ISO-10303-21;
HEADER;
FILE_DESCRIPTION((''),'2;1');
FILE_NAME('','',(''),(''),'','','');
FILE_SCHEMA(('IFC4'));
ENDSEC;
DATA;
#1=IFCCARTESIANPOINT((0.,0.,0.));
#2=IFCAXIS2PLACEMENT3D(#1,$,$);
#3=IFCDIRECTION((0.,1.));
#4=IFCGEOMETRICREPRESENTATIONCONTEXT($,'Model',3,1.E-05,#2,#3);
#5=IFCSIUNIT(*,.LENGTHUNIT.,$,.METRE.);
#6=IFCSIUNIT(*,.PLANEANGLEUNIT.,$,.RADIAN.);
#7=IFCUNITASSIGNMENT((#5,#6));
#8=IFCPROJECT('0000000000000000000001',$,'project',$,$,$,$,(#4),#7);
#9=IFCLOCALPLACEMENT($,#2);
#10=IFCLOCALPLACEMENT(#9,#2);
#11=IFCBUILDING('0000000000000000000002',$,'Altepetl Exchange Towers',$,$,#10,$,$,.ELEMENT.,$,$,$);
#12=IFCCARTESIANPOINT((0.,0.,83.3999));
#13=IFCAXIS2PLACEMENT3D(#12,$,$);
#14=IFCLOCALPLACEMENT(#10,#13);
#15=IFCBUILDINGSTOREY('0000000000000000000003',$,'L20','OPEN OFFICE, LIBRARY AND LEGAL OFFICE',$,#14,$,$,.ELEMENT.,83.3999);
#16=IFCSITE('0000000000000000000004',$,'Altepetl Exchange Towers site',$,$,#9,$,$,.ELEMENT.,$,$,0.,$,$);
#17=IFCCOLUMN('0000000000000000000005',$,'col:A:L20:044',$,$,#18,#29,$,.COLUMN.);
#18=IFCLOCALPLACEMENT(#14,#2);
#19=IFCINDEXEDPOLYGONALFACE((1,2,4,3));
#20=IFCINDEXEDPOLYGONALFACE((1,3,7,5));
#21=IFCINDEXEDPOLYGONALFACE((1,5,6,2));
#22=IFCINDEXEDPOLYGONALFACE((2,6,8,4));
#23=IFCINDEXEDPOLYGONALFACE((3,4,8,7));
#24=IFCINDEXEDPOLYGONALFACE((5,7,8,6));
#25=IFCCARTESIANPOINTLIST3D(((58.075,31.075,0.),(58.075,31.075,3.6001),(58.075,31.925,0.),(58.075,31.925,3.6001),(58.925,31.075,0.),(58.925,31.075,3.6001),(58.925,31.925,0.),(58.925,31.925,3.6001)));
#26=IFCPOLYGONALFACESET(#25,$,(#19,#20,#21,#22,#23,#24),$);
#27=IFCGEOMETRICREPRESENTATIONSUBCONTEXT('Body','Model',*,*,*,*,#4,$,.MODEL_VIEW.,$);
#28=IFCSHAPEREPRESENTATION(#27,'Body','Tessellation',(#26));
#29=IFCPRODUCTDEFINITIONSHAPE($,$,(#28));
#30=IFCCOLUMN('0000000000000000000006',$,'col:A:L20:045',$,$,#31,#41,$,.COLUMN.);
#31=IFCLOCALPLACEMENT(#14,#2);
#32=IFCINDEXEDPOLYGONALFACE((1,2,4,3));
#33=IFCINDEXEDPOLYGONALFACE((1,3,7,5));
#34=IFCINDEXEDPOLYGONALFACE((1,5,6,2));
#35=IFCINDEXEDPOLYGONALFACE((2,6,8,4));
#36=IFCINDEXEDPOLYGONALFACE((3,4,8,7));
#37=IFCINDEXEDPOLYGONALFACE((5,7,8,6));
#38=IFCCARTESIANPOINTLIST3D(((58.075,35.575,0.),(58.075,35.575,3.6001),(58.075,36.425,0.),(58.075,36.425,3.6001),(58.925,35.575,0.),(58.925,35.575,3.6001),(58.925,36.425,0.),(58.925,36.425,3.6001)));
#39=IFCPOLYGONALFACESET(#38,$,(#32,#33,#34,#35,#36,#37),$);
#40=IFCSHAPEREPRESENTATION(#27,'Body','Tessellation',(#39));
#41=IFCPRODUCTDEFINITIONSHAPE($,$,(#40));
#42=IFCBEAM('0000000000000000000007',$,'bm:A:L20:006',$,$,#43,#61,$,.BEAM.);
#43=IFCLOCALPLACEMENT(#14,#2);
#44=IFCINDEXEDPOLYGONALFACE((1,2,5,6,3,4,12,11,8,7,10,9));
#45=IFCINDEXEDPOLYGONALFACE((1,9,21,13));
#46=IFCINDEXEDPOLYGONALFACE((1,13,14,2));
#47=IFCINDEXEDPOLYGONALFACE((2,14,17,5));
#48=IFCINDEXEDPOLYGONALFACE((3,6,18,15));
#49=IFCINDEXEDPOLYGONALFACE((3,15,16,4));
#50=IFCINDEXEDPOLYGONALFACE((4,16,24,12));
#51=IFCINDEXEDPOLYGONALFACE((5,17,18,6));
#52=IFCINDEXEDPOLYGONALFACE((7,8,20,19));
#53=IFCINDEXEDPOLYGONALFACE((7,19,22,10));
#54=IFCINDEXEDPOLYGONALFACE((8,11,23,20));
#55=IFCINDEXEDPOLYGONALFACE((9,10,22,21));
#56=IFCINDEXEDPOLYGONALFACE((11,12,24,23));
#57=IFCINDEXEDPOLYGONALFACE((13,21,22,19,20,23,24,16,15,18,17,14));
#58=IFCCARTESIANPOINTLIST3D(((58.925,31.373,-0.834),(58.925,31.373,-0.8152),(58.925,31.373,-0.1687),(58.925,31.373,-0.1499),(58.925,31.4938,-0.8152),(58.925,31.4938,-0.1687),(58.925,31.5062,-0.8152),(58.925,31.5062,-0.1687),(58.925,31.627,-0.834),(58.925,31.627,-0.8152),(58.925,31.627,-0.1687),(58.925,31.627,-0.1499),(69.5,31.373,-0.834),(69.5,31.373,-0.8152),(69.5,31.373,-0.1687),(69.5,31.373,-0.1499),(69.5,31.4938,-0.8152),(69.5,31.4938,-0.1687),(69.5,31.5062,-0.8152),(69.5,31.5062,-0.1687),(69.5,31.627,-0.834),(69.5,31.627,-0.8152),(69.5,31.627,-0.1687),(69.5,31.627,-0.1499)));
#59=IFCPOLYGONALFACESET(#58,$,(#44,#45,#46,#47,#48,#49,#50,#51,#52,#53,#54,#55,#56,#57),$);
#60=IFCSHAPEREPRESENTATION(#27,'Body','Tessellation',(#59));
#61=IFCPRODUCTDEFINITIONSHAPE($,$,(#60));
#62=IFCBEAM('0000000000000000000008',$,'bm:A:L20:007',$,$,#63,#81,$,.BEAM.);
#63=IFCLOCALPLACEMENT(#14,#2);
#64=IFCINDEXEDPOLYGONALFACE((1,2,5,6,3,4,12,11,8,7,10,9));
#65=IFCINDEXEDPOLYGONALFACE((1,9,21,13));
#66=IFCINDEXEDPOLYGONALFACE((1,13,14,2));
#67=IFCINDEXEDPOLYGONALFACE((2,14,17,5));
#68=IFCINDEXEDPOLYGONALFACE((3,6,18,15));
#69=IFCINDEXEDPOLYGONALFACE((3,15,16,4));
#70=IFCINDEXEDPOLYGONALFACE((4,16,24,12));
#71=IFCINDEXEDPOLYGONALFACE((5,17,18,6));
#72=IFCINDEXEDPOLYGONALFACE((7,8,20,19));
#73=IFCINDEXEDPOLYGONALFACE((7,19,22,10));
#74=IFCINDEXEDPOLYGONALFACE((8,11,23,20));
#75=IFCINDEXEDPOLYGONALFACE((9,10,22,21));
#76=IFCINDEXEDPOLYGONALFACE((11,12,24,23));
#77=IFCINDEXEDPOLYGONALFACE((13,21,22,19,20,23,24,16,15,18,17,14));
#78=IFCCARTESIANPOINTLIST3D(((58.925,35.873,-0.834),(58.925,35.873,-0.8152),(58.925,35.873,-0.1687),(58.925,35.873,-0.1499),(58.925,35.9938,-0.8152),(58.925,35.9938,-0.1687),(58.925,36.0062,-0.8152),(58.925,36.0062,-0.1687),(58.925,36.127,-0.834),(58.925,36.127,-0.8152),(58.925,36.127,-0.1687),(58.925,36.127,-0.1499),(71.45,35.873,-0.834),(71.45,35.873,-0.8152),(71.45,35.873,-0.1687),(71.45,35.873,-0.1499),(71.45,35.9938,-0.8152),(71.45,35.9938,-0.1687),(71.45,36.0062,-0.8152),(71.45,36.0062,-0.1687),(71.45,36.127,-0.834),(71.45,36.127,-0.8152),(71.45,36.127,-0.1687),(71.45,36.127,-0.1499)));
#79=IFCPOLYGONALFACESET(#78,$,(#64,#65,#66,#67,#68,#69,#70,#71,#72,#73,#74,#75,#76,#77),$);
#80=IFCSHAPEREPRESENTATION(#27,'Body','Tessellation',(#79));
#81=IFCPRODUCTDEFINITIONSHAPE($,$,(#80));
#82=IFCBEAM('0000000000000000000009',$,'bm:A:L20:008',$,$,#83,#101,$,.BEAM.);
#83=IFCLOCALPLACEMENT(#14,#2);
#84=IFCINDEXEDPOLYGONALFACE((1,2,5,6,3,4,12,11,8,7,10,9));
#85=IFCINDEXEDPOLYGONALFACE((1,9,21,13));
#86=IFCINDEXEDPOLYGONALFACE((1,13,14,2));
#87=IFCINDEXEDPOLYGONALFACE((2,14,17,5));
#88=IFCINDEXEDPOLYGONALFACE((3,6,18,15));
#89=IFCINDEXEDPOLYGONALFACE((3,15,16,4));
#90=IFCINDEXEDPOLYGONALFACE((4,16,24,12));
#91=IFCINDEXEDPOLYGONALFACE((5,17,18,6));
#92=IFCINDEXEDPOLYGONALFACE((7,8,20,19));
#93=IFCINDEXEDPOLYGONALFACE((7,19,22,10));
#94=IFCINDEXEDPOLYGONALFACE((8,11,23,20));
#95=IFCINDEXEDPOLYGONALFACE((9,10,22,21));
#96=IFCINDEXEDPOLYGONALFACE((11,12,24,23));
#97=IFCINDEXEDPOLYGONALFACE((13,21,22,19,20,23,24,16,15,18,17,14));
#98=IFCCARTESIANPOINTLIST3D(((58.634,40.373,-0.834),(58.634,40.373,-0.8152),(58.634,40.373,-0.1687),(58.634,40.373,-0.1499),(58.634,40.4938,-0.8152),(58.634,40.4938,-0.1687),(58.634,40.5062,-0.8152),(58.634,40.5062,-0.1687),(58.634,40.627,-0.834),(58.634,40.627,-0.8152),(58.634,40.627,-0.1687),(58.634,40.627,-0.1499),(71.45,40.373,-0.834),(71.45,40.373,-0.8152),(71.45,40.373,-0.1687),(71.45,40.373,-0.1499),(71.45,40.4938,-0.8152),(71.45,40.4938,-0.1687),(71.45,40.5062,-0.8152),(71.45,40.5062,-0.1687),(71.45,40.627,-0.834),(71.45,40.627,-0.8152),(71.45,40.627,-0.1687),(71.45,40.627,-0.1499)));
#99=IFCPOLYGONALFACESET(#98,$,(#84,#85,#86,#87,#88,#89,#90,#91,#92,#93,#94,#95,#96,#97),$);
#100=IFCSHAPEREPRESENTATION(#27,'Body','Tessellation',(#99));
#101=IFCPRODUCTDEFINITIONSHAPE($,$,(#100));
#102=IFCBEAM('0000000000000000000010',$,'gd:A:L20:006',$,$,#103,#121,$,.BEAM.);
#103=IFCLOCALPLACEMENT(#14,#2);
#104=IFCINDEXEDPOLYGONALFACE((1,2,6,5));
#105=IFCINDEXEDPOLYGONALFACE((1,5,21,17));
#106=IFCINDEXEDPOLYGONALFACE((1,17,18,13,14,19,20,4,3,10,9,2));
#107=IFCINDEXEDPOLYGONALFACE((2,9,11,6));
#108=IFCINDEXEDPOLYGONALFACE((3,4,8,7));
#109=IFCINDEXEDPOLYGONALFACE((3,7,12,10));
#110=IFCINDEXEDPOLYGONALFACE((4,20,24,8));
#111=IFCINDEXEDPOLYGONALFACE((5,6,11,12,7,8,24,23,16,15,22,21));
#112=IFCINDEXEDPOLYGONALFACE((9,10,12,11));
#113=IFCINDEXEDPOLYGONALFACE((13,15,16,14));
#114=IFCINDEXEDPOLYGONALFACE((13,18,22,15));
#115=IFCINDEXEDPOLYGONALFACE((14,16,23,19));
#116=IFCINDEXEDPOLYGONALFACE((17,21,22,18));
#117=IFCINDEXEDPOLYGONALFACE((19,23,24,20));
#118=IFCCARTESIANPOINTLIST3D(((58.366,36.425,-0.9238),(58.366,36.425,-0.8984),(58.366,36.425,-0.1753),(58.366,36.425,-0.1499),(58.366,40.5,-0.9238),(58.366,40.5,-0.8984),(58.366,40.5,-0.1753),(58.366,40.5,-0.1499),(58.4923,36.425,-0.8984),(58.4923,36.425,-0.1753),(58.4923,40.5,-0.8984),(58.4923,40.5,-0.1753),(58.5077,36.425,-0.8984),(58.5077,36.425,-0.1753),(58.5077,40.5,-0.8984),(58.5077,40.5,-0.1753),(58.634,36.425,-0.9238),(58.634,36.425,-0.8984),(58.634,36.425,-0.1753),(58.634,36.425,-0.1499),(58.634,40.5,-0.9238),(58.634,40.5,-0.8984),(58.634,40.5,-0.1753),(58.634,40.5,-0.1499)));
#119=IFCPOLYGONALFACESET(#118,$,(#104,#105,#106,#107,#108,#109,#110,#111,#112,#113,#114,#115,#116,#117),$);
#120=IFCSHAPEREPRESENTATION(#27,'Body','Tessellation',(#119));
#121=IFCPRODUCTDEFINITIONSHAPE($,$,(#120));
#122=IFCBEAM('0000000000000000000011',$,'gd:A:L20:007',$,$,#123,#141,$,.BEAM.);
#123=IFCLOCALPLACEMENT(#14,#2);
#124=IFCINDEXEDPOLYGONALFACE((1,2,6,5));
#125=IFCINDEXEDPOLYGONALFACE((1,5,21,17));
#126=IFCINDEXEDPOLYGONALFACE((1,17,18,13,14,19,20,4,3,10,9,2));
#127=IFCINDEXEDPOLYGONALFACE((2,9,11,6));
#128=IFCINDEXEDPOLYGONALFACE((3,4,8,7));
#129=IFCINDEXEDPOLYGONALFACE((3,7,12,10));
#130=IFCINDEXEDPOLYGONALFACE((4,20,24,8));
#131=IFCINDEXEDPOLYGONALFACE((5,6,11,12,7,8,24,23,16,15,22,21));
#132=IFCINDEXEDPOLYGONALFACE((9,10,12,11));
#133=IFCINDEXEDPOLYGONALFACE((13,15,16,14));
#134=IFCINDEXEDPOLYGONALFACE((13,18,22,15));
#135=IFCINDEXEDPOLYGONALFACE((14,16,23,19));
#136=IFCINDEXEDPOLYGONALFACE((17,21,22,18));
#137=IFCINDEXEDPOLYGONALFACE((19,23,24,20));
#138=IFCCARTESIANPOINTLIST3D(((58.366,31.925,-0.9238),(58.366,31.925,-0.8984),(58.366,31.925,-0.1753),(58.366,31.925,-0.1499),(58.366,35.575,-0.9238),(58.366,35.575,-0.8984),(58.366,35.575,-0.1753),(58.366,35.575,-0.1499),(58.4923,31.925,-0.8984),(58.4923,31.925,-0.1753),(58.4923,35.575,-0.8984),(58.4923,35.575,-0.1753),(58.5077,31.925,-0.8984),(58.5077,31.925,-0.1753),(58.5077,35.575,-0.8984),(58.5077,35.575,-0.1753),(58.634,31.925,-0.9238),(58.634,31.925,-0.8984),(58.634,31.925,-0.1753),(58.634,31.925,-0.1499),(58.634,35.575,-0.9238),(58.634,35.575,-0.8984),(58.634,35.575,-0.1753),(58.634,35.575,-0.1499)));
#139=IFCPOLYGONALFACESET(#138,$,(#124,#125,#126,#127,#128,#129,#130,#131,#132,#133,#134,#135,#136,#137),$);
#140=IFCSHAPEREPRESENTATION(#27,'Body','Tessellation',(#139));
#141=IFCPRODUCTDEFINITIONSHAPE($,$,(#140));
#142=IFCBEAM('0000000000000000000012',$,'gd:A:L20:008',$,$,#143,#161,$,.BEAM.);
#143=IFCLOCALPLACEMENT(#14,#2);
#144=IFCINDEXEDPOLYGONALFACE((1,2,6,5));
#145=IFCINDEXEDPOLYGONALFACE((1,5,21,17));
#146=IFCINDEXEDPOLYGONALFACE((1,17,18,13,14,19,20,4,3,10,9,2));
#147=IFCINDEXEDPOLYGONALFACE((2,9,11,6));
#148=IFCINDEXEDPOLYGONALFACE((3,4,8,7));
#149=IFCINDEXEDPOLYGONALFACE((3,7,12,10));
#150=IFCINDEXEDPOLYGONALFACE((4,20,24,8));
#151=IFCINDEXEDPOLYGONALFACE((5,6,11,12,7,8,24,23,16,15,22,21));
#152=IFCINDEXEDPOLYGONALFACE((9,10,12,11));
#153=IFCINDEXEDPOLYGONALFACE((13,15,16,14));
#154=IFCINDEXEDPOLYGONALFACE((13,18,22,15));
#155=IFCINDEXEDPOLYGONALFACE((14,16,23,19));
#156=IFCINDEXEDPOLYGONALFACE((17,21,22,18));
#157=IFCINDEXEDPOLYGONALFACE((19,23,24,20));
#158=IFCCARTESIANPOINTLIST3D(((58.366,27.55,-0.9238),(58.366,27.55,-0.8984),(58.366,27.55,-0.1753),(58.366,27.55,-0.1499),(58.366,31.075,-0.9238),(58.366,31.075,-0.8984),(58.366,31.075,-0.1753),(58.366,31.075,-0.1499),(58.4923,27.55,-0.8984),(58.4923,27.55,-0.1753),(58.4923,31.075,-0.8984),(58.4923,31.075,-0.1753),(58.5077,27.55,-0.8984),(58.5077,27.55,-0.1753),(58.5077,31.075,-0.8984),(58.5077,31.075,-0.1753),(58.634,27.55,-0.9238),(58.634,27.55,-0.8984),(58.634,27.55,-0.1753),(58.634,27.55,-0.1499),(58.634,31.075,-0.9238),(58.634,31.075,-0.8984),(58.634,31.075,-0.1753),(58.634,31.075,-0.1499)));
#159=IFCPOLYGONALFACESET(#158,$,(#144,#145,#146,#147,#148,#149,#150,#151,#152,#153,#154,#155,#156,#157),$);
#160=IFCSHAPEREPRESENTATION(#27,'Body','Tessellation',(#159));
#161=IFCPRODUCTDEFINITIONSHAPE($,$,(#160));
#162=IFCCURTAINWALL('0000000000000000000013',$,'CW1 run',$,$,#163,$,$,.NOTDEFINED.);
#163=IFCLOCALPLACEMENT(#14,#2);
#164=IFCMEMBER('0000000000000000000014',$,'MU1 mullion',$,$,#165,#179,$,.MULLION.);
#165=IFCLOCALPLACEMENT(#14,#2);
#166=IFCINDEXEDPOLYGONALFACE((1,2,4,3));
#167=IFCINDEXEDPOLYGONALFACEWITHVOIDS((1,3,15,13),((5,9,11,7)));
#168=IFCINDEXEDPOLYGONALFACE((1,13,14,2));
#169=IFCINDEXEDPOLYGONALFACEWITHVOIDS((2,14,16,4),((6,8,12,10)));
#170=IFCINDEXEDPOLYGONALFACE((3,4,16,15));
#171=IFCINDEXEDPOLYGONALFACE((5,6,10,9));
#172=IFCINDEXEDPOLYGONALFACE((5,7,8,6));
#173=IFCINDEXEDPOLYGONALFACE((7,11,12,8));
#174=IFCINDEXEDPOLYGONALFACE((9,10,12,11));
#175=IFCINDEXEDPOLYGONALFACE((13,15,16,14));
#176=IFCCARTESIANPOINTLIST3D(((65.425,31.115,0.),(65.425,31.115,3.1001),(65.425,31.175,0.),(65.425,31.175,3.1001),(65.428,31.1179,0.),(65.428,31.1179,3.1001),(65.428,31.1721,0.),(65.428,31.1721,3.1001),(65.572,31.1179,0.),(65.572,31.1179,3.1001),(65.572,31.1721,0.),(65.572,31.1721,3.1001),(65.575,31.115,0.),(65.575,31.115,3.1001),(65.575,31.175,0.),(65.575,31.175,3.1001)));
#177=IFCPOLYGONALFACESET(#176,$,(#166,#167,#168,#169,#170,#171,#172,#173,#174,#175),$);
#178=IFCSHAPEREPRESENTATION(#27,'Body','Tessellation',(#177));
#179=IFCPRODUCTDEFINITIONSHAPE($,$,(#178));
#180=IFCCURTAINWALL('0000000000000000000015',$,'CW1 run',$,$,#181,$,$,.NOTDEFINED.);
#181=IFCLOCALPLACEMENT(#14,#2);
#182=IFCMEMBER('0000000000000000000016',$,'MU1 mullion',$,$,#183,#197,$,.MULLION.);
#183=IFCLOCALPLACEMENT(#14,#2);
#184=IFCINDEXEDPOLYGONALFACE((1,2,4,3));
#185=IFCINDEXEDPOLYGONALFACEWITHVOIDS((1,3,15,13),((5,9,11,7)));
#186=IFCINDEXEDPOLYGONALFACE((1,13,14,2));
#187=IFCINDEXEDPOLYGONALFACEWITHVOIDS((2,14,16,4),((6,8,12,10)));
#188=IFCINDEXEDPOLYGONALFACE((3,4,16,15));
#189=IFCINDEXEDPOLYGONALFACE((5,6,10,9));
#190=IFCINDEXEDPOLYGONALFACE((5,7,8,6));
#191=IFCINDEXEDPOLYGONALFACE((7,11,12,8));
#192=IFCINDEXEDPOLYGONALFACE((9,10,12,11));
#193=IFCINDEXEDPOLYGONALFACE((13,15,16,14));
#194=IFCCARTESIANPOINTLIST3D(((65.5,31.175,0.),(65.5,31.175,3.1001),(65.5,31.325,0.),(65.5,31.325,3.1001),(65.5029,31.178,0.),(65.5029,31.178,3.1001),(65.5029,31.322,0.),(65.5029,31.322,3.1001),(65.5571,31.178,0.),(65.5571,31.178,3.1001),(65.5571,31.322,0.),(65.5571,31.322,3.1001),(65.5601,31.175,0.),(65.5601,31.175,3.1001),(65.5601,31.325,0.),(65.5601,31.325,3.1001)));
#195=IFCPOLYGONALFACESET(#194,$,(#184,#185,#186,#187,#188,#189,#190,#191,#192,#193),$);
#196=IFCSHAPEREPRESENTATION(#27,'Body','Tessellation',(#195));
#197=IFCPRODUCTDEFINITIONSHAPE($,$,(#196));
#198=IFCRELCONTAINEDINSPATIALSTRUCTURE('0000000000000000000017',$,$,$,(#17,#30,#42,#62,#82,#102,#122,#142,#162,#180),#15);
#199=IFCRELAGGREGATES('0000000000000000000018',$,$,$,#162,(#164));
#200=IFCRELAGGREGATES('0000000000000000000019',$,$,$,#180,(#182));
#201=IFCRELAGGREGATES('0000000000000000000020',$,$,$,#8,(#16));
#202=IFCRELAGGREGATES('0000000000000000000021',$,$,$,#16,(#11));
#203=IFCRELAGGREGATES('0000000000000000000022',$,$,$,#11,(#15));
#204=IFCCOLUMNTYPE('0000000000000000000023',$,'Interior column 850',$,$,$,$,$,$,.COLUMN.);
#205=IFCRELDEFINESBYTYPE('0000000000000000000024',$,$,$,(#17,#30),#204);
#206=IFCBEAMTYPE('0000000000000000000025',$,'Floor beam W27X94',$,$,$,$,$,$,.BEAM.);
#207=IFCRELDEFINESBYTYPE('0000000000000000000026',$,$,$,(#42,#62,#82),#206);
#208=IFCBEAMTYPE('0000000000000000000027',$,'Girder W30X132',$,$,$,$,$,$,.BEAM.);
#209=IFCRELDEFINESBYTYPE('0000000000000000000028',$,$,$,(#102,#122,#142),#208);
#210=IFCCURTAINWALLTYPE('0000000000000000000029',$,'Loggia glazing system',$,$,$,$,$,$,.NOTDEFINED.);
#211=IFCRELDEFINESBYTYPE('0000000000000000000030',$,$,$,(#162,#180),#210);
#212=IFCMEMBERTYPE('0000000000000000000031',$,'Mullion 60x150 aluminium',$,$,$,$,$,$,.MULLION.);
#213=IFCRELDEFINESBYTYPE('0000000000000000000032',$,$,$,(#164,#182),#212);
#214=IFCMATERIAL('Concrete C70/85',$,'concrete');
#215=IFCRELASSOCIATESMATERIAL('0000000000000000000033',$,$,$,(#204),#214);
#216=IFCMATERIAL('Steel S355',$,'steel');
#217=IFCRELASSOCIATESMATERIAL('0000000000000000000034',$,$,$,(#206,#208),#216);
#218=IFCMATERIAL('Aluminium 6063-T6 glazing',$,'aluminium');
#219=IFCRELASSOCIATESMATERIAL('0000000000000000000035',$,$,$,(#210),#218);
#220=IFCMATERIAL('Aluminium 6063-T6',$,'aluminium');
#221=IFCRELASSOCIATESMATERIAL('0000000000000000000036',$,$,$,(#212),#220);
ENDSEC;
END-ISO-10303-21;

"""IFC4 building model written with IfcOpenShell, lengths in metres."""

from ifc_helpers import new_model, si_unit, direction, frame, origin, origin_2d, place, context, subcontext, project, spatial, rectangle, hollow_rectangle, i_section, extrude, material, material_profile, profile_set, type_object, element, aggregate, save


model = new_model("IFC4")

# Units and contexts
model_context = context("Model", 3, precision=1e-05, world=origin(), true_north=direction((0.0, 1.0)))
body_context = subcontext(model_context, "Body", "Model", "MODEL_VIEW")
ifc_project = project(units=[si_unit("LENGTHUNIT", "METRE"), si_unit("PLANEANGLEUNIT", "RADIAN")], contexts=[model_context])

# Site, building, storey
site_placement = place(None, origin())
site = spatial("IfcSite", under=ifc_project, at=site_placement, Name="Altepetl Exchange Towers site", CompositionType="ELEMENT", RefElevation=0.0)
building_placement = place(site_placement, origin())
building = spatial("IfcBuilding", under=site, at=building_placement, Name="Altepetl Exchange Towers", CompositionType="ELEMENT")
storey_placement = place(building_placement, frame((0.0, 0.0, 83.3999)))
storey = spatial("IfcBuildingStorey", under=building, at=storey_placement, Name="L20", Description="OPEN OFFICE, LIBRARY AND LEGAL OFFICE", CompositionType="ELEMENT", Elevation=83.3999)

# Columns
ifc_material_1 = material(Name="Concrete C70/85", Category="concrete")
ifc_material_profile_1 = material_profile(ifc_material_1, rectangle(XDim=0.8501, YDim=0.8501, at=origin_2d()), Name="850 x 850")
ifc_profile_set_1 = profile_set([ifc_material_profile_1], Name="Concrete C70/85")
column_type = type_object("IfcColumnType", Name="Interior column 850", PredefinedType="COLUMN", material=ifc_profile_set_1)
for number, where, name in (
    (1, (58.5, 31.5, 0.0), "col:A:L20:044"),
    (2, (58.5, 36.0, 0.0), "col:A:L20:045"),
):
    element("IfcColumn", number, at=place(storey_placement, frame(where)), inside=storey, type_object=column_type, Name=name, PredefinedType="COLUMN", context=body_context, shape_type="SweptSolid", body=[
        extrude(rectangle(XDim=0.8501, YDim=0.8501, at=origin_2d()), origin(), (0.0, 0.0, 1.0), 3.6001),
    ])

# Beams
ifc_material_2 = material(Name="Steel S355", Category="steel")
ifc_material_profile_2 = material_profile(ifc_material_2, i_section(OverallWidth=0.2539, OverallDepth=0.6841, WebThickness=0.0125, FlangeThickness=0.0188, at=origin_2d()), Name="W27X94")
ifc_profile_set_2 = profile_set([ifc_material_profile_2], Name="Steel S355")
beam_type_1 = type_object("IfcBeamType", Name="Floor beam W27X94", PredefinedType="BEAM", material=ifc_profile_set_2)
beam_1_placement = place(storey_placement, frame((58.925, 31.5, -0.4919), z_axis=(1.0, 0.0, 0.0), x_axis=(0.0, 1.0, 0.0)))
element("IfcBeam", 3, at=beam_1_placement, inside=storey, type_object=beam_type_1, Name="bm:A:L20:006", PredefinedType="BEAM", context=body_context, shape_type="SweptSolid", body=[
    extrude(i_section(OverallWidth=0.2539, OverallDepth=0.6841, WebThickness=0.0125, FlangeThickness=0.0188, at=origin_2d()), origin(), (0.0, 0.0, 1.0), 10.575),
])
beam_2_placement = place(storey_placement, frame((58.925, 36.0, -0.4919), z_axis=(1.0, 0.0, 0.0), x_axis=(0.0, 1.0, 0.0)))
element("IfcBeam", 4, at=beam_2_placement, inside=storey, type_object=beam_type_1, Name="bm:A:L20:007", PredefinedType="BEAM", context=body_context, shape_type="SweptSolid", body=[
    extrude(i_section(OverallWidth=0.2539, OverallDepth=0.6841, WebThickness=0.0125, FlangeThickness=0.0188, at=origin_2d()), origin(), (0.0, 0.0, 1.0), 12.5249),
])
beam_3_placement = place(storey_placement, frame((58.634, 40.5, -0.4919), z_axis=(1.0, 0.0, 0.0), x_axis=(0.0, 1.0, 0.0)))
element("IfcBeam", 5, at=beam_3_placement, inside=storey, type_object=beam_type_1, Name="bm:A:L20:008", PredefinedType="BEAM", context=body_context, shape_type="SweptSolid", body=[
    extrude(i_section(OverallWidth=0.2539, OverallDepth=0.6841, WebThickness=0.0125, FlangeThickness=0.0188, at=origin_2d()), origin(), (0.0, 0.0, 1.0), 12.8159),
])
ifc_material_profile_3 = material_profile(ifc_material_2, i_section(OverallWidth=0.2681, OverallDepth=0.7739, WebThickness=0.0154, FlangeThickness=0.0254, at=origin_2d()), Name="W30X132")
ifc_profile_set_3 = profile_set([ifc_material_profile_3], Name="Steel S355")
beam_type_2 = type_object("IfcBeamType", Name="Girder W30X132", PredefinedType="BEAM", material=ifc_profile_set_3)
beam_4_placement = place(storey_placement, frame((58.5, 40.5, -0.5369), z_axis=(0.0, -1.0, 0.0), x_axis=(1.0, 0.0, 0.0)))
element("IfcBeam", 6, at=beam_4_placement, inside=storey, type_object=beam_type_2, Name="gd:A:L20:006", PredefinedType="BEAM", context=body_context, shape_type="SweptSolid", body=[
    extrude(i_section(OverallWidth=0.2681, OverallDepth=0.7739, WebThickness=0.0154, FlangeThickness=0.0254, at=origin_2d()), origin(), (0.0, 0.0, 1.0), 4.075),
])
beam_5_placement = place(storey_placement, frame((58.5, 35.575, -0.5369), z_axis=(0.0, -1.0, 0.0), x_axis=(1.0, 0.0, 0.0)))
element("IfcBeam", 7, at=beam_5_placement, inside=storey, type_object=beam_type_2, Name="gd:A:L20:007", PredefinedType="BEAM", context=body_context, shape_type="SweptSolid", body=[
    extrude(i_section(OverallWidth=0.2681, OverallDepth=0.7739, WebThickness=0.0154, FlangeThickness=0.0254, at=origin_2d()), origin(), (0.0, 0.0, 1.0), 3.6499),
])
beam_6_placement = place(storey_placement, frame((58.5, 31.075, -0.5369), z_axis=(0.0, -1.0, 0.0), x_axis=(1.0, 0.0, 0.0)))
element("IfcBeam", 8, at=beam_6_placement, inside=storey, type_object=beam_type_2, Name="gd:A:L20:008", PredefinedType="BEAM", context=body_context, shape_type="SweptSolid", body=[
    extrude(i_section(OverallWidth=0.2681, OverallDepth=0.7739, WebThickness=0.0154, FlangeThickness=0.0254, at=origin_2d()), origin(), (0.0, 0.0, 1.0), 3.5249),
])

# Curtain wall, member
ifc_material_3 = material(Name="Aluminium 6063-T6 glazing", Category="aluminium")
curtain_wall_type = type_object("IfcCurtainWallType", Name="Loggia glazing system", PredefinedType="NOTDEFINED", material=ifc_material_3)
curtain_wall_1_placement = place(storey_placement, origin())
curtain_wall_1 = element("IfcCurtainWall", 9, at=curtain_wall_1_placement, inside=storey, type_object=curtain_wall_type, Name="CW1 run", PredefinedType="NOTDEFINED")
ifc_material_4 = material(Name="Aluminium 6063-T6", Category="aluminium")
ifc_material_profile_4 = material_profile(ifc_material_4, hollow_rectangle(XDim=0.0601, YDim=0.1499, WallThickness=0.0029, at=origin_2d()), Name="Mullion 60x150 aluminium")
ifc_profile_set_4 = profile_set([ifc_material_profile_4], Name="Aluminium 6063-T6")
member_type = type_object("IfcMemberType", Name="Mullion 60x150 aluminium", PredefinedType="MULLION", material=ifc_profile_set_4)
member_1_placement = place(storey_placement, frame((65.5, 31.145, 0.0), z_axis=(0.0, 0.0, 1.0), x_axis=(0.0, 1.0, 0.0)))
member_1 = element("IfcMember", 10, at=member_1_placement, type_object=member_type, Name="MU1 mullion", PredefinedType="MULLION", context=body_context, shape_type="SweptSolid", body=[
    extrude(hollow_rectangle(XDim=0.0601, YDim=0.1499, WallThickness=0.0029, at=origin_2d()), origin(), (0.0, 0.0, 1.0), 3.1001),
])
aggregate(curtain_wall_1, [member_1])

# Curtain wall, member
curtain_wall_2_placement = place(storey_placement, origin())
curtain_wall_2 = element("IfcCurtainWall", 11, at=curtain_wall_2_placement, inside=storey, type_object=curtain_wall_type, Name="CW1 run", PredefinedType="NOTDEFINED")
member_2_placement = place(storey_placement, frame((65.53, 31.25, 0.0)))
member_2 = element("IfcMember", 12, at=member_2_placement, type_object=member_type, Name="MU1 mullion", PredefinedType="MULLION", context=body_context, shape_type="SweptSolid", body=[
    extrude(hollow_rectangle(XDim=0.0601, YDim=0.1499, WallThickness=0.0029, at=origin_2d()), origin(), (0.0, 0.0, 1.0), 3.1001),
])
aggregate(curtain_wall_2, [member_2])

save(model, "model.ifc")
